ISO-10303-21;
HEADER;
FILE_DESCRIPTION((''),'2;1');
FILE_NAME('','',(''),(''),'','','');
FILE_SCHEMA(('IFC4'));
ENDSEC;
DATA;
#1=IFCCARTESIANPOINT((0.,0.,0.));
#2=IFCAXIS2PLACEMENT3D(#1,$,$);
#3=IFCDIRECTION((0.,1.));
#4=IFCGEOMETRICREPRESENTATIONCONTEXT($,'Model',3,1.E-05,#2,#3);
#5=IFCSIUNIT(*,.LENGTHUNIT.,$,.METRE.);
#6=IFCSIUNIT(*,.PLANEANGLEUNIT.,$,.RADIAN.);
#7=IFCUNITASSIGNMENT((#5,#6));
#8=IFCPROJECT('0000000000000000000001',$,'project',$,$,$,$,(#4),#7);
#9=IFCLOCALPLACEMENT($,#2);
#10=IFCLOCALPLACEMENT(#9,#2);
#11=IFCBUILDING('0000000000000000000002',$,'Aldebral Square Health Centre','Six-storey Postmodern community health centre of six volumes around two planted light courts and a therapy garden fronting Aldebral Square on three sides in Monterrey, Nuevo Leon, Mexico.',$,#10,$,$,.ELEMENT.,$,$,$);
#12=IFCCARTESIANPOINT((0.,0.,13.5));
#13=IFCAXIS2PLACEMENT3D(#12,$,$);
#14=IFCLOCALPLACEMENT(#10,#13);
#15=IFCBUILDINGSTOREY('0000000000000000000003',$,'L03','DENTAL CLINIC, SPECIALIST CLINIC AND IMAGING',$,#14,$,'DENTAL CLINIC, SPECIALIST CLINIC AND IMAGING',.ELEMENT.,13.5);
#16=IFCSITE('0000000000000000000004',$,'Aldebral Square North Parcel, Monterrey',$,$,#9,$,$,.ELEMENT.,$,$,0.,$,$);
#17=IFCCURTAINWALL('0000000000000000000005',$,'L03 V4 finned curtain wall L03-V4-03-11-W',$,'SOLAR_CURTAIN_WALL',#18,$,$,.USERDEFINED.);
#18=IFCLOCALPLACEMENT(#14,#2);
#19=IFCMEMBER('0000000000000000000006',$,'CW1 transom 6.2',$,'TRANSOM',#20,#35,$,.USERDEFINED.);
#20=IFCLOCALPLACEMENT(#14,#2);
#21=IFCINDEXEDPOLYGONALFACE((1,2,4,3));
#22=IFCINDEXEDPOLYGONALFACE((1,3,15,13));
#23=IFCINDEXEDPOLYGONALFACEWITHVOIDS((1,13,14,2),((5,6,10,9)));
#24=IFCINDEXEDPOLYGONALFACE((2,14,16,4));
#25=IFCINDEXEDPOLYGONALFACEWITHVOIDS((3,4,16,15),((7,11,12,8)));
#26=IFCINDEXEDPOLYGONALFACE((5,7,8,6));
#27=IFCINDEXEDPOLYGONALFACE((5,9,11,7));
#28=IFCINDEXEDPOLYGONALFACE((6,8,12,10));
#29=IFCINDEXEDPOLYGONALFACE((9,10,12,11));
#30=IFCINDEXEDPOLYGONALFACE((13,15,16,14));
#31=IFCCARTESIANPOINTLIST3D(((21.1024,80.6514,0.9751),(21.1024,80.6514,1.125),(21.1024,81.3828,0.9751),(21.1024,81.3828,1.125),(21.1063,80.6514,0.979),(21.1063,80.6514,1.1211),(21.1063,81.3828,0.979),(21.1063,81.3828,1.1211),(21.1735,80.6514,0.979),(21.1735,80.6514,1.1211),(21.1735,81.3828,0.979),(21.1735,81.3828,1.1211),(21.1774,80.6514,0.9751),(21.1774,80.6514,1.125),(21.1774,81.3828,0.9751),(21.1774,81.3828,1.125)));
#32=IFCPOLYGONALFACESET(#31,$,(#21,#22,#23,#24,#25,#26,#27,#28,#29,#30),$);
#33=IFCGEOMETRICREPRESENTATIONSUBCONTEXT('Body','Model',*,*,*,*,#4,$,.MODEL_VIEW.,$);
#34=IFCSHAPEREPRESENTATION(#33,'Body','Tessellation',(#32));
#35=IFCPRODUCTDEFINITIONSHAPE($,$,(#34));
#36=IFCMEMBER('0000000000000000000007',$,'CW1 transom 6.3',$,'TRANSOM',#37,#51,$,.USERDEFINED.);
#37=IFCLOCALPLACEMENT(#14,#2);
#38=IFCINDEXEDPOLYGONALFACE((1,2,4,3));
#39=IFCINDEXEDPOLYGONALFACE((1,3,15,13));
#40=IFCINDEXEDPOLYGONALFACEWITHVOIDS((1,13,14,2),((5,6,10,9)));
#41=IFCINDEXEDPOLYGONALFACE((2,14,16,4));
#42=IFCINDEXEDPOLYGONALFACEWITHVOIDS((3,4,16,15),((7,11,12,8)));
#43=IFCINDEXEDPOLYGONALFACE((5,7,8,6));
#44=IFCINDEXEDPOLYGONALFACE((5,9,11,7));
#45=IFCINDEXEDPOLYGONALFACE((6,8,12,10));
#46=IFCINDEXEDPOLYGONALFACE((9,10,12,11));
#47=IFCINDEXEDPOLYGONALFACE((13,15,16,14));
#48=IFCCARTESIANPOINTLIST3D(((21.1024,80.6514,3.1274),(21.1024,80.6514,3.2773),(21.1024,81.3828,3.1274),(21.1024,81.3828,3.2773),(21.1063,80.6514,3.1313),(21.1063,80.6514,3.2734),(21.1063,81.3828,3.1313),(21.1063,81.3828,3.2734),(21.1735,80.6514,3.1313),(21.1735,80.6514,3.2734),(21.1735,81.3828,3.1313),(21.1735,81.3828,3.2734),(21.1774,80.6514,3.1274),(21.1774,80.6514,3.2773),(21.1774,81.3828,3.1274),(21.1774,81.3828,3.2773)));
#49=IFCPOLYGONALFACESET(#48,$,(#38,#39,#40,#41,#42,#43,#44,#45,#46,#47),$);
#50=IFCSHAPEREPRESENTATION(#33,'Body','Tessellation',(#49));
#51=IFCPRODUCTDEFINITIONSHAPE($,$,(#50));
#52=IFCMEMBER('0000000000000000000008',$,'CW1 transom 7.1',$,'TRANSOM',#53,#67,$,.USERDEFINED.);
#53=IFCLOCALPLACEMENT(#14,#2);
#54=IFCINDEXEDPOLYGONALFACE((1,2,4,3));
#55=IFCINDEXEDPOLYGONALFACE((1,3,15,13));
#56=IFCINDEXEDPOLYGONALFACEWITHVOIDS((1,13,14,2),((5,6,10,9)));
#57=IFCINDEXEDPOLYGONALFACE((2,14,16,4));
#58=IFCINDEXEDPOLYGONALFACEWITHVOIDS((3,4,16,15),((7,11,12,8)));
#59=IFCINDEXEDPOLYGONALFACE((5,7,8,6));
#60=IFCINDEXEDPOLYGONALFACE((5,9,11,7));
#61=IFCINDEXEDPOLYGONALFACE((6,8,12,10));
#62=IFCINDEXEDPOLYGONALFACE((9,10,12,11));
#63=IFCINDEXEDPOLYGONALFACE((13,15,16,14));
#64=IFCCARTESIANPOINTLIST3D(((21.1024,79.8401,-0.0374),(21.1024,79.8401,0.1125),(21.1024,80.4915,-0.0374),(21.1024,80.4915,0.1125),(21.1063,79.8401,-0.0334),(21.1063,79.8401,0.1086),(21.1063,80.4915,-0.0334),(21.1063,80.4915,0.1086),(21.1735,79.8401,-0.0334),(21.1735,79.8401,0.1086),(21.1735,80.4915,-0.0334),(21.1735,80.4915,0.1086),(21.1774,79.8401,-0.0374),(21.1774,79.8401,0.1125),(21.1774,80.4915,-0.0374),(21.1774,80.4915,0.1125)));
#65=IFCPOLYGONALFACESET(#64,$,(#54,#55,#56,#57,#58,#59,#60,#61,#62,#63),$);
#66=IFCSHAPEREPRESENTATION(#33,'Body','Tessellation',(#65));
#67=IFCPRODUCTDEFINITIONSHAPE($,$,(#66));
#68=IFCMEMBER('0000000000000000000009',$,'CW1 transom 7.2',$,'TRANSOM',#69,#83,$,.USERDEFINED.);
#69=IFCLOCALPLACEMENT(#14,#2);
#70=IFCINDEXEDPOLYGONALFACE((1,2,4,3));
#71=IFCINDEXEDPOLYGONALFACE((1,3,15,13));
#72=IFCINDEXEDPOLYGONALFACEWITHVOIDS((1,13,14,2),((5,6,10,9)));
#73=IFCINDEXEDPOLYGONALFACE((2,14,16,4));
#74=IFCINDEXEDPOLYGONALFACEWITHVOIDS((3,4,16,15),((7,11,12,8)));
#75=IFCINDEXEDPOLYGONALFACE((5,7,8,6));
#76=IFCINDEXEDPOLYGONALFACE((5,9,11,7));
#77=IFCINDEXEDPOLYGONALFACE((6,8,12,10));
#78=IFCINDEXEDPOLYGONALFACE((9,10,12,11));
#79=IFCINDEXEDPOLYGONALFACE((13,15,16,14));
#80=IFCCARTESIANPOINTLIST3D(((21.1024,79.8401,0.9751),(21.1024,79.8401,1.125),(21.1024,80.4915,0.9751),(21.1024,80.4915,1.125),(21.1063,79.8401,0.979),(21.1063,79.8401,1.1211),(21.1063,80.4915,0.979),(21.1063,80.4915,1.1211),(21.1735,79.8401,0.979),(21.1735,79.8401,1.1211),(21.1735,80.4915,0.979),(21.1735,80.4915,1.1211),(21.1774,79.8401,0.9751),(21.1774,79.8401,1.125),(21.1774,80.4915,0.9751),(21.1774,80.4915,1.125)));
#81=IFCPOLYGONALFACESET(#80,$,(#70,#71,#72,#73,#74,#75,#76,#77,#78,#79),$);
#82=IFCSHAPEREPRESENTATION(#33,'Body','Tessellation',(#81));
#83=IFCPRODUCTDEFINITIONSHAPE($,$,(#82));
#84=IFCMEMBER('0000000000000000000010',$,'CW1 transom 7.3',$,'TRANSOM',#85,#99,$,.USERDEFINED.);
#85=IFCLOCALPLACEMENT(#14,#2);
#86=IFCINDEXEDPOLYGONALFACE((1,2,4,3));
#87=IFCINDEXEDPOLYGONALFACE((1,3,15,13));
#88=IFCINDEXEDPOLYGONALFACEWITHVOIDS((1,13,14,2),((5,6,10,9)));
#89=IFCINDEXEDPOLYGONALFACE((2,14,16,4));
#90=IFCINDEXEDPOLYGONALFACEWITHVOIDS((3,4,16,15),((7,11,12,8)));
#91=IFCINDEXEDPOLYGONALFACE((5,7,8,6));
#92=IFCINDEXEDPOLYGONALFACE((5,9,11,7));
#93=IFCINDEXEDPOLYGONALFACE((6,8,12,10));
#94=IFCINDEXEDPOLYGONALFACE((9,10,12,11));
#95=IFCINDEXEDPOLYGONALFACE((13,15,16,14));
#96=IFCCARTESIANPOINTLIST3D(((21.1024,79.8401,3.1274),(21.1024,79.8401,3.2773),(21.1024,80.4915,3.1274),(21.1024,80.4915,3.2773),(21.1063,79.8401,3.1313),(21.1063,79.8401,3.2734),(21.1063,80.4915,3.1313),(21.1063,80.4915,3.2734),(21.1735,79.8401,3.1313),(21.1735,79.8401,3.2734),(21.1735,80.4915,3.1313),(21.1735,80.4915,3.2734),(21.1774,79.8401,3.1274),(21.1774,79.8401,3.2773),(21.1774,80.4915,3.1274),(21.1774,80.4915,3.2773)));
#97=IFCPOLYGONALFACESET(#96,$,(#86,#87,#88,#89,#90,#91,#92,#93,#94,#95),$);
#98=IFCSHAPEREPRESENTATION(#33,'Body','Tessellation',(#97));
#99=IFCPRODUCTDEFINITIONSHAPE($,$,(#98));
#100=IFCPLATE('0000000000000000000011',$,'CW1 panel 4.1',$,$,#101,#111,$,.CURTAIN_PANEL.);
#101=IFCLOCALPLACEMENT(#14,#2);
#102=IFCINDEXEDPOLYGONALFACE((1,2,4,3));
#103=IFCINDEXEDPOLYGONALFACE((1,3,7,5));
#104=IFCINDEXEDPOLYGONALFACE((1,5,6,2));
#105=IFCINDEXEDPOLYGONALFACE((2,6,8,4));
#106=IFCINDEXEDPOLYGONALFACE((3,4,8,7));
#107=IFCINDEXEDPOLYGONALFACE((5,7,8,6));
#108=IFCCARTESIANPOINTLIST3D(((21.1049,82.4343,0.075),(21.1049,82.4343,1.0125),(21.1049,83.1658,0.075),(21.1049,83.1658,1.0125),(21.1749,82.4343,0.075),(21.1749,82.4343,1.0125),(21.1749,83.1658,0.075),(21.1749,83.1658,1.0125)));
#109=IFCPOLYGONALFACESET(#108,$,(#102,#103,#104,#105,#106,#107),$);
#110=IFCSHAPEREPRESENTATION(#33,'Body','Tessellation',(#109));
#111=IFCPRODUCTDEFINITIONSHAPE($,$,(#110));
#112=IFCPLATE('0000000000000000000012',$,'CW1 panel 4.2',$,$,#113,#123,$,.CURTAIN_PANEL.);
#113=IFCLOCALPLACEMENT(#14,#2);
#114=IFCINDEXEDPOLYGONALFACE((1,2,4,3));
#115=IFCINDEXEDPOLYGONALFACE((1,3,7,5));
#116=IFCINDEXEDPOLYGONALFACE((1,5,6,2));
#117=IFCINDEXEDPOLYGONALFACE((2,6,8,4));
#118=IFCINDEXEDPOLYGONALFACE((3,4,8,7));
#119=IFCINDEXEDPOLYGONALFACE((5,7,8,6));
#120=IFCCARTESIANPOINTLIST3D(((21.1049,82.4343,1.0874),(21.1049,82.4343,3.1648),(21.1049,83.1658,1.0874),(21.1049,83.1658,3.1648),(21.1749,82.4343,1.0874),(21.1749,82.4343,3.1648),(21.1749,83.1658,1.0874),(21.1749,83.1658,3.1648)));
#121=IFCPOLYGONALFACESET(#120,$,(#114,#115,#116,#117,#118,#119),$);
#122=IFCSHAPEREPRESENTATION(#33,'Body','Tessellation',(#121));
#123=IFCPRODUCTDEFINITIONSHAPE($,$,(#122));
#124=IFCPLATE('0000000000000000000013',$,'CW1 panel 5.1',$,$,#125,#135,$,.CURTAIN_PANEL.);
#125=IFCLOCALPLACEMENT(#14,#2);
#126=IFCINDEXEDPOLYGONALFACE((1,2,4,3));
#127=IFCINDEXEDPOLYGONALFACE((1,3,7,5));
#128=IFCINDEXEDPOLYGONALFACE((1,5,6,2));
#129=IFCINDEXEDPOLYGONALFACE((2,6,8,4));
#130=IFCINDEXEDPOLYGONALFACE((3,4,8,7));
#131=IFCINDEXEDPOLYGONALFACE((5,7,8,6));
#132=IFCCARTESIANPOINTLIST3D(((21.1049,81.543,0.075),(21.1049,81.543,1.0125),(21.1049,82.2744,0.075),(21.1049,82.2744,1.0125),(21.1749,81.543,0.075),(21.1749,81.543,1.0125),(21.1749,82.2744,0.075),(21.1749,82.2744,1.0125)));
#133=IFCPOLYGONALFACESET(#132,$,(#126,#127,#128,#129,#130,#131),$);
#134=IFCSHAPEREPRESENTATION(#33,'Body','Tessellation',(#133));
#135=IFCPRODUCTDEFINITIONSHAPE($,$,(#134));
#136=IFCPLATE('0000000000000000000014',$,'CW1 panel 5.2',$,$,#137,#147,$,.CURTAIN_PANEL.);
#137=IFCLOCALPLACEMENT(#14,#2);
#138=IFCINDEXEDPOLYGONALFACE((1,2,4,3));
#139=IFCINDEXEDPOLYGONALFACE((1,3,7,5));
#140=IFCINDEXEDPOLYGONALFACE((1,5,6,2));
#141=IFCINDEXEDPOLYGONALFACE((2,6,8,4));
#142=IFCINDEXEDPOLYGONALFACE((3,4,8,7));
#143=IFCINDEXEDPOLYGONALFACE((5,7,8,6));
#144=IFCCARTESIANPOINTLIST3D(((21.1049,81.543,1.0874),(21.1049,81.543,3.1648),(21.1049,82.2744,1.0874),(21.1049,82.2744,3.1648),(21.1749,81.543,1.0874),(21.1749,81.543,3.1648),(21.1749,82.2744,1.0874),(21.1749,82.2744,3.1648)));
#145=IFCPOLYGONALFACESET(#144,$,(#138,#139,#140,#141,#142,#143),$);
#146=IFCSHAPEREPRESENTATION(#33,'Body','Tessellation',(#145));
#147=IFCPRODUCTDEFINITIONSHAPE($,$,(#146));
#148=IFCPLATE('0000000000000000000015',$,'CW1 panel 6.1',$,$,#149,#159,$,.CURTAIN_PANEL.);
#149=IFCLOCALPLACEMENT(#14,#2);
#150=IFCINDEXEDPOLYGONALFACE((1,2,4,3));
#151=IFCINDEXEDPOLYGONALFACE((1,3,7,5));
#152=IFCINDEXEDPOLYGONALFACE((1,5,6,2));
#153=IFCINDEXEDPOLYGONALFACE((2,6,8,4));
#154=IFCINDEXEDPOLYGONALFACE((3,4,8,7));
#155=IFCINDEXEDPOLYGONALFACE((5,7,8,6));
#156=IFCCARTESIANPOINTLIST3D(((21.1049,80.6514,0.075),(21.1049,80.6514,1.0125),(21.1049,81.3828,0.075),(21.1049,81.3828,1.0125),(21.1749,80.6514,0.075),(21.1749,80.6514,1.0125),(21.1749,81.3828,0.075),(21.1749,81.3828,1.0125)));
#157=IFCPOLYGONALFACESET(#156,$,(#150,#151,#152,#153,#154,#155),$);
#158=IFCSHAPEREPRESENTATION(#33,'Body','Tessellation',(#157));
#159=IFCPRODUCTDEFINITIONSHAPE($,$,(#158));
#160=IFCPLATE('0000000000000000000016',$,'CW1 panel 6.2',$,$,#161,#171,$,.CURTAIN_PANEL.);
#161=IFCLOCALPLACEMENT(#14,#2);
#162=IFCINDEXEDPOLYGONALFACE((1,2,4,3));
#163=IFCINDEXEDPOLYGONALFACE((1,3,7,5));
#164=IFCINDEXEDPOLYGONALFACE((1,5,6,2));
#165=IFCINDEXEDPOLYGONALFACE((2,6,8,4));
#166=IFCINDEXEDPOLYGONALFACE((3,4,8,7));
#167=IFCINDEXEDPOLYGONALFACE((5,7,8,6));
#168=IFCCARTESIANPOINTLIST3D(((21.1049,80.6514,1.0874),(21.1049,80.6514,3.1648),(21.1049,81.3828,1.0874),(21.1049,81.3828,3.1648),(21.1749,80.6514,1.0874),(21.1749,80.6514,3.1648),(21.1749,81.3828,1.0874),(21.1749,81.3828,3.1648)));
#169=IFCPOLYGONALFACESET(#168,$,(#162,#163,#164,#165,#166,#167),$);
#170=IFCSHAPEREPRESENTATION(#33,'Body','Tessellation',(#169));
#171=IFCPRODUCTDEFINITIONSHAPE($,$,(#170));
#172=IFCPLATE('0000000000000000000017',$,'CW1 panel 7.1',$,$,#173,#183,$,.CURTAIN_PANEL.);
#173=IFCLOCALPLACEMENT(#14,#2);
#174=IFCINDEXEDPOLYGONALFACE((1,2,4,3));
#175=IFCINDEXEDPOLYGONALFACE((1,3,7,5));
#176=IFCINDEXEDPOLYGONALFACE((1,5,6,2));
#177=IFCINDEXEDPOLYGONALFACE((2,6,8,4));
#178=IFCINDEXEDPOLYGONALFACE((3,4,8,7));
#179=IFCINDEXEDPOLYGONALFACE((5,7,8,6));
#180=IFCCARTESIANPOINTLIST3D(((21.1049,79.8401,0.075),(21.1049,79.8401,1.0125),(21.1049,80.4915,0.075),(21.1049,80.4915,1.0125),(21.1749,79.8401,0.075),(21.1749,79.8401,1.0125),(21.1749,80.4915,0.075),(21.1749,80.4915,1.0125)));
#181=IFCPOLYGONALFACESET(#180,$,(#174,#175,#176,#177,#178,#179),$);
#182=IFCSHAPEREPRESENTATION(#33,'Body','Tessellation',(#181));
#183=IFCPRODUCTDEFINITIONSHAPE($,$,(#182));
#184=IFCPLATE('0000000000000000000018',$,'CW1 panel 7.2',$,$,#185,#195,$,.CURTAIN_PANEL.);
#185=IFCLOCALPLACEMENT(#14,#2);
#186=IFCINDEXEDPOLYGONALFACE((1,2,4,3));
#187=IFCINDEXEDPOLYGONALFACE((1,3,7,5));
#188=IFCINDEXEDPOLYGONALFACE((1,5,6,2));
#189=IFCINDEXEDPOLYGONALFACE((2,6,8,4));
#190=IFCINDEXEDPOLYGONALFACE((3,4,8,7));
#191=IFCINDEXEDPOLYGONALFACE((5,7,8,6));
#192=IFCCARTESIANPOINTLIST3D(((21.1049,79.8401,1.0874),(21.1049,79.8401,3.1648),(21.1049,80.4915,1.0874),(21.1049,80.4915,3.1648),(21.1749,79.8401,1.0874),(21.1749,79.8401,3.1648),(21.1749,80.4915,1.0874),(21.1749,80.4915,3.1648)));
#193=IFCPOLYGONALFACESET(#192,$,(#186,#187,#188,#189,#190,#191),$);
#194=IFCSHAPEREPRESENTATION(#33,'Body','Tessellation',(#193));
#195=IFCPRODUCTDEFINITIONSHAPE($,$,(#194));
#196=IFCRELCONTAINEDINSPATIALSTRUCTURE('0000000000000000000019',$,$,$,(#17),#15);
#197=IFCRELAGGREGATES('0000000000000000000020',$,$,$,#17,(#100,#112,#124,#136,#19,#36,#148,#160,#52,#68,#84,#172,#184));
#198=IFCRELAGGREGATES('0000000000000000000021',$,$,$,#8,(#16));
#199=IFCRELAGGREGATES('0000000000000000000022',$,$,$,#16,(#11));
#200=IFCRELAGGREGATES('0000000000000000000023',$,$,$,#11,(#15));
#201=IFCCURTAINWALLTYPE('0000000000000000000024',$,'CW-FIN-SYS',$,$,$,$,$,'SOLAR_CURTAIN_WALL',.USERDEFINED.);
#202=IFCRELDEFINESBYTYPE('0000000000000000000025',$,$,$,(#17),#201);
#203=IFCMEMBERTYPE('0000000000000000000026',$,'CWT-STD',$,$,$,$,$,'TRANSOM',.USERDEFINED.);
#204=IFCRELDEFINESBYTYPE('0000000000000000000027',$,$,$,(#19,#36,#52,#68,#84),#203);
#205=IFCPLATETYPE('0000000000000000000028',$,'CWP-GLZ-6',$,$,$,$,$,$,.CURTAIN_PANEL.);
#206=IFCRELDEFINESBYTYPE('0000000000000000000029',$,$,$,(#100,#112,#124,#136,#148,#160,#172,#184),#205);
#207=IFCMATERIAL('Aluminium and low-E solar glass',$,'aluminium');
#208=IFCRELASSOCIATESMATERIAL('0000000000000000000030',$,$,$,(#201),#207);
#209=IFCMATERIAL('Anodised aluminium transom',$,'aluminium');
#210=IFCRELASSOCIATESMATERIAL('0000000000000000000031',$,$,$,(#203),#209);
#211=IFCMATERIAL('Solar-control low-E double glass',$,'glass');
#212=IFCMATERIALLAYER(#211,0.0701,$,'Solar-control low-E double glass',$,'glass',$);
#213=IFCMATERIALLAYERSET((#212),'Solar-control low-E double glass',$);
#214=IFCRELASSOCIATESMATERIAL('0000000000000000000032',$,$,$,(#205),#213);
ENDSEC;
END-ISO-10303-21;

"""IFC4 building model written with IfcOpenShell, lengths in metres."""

from ifc_helpers import new_model, si_unit, direction, frame, origin, origin_2d, place, context, subcontext, project, spatial, rectangle, hollow_rectangle, extrude, material, layer, layer_set, material_profile, profile_set, type_object, element, aggregate, save


model = new_model("IFC4")

# Units and contexts
model_context = context("Model", 3, precision=1e-05, world=origin(), true_north=direction((0.0, 1.0)))
body_context = subcontext(model_context, "Body", "Model", "MODEL_VIEW")
ifc_project = project(units=[si_unit("LENGTHUNIT", "METRE"), si_unit("PLANEANGLEUNIT", "RADIAN")], contexts=[model_context])

# Site, building, storey
site_placement = place(None, origin())
site = spatial("IfcSite", under=ifc_project, at=site_placement, Name="Aldebral Square North Parcel, Monterrey", CompositionType="ELEMENT", RefElevation=0.0)
building_placement = place(site_placement, origin())
building = spatial("IfcBuilding", under=site, at=building_placement, Name="Aldebral Square Health Centre", Description="Six-storey Postmodern community health centre of six volumes around two planted light courts and a therapy garden fronting Aldebral Square on three sides in Monterrey, Nuevo Leon, Mexico.", CompositionType="ELEMENT")
storey_placement = place(building_placement, frame((0.0, 0.0, 13.5)))
storey = spatial("IfcBuildingStorey", under=building, at=storey_placement, Name="L03", Description="DENTAL CLINIC, SPECIALIST CLINIC AND IMAGING", LongName="DENTAL CLINIC, SPECIALIST CLINIC AND IMAGING", CompositionType="ELEMENT", Elevation=13.5)

# Curtain wall, members, plates
ifc_material_1 = material(Name="Aluminium and low-E solar glass", Category="aluminium")
curtain_wall_type = type_object("IfcCurtainWallType", Name="CW-FIN-SYS", ElementType="SOLAR_CURTAIN_WALL", PredefinedType="USERDEFINED", material=ifc_material_1)
curtain_wall_placement = place(storey_placement, origin())
curtain_wall = element("IfcCurtainWall", 1, at=curtain_wall_placement, inside=storey, type_object=curtain_wall_type, Name="L03 V4 finned curtain wall L03-V4-03-11-W", ObjectType="SOLAR_CURTAIN_WALL", PredefinedType="USERDEFINED")
ifc_material_2 = material(Name="Anodised aluminium transom", Category="aluminium")
ifc_material_profile_1 = material_profile(ifc_material_2, hollow_rectangle(XDim=0.075, YDim=0.1499, WallThickness=0.0039, at=origin_2d()), Name="CWT 75x150x4")
ifc_profile_set_1 = profile_set([ifc_material_profile_1], Name="Anodised aluminium transom")
member_type_1 = type_object("IfcMemberType", Name="CWT-STD", ElementType="TRANSOM", PredefinedType="USERDEFINED", material=ifc_profile_set_1)
member_1_placement = place(storey_placement, frame((21.1399, 81.3828, 1.05), z_axis=(0.0, -1.0, 0.0), x_axis=(1.0, 0.0, 0.0)))
member_1 = element("IfcMember", 2, at=member_1_placement, type_object=member_type_1, Name="CW1 transom 6.2", ObjectType="TRANSOM", PredefinedType="USERDEFINED", context=body_context, shape_type="SweptSolid", body=[
    extrude(hollow_rectangle(XDim=0.075, YDim=0.1499, WallThickness=0.0039, at=origin_2d()), origin(), (0.0, 0.0, 1.0), 0.7314),
])
member_2_placement = place(storey_placement, frame((21.1399, 81.3828, 3.2024), z_axis=(0.0, -1.0, 0.0), x_axis=(1.0, 0.0, 0.0)))
member_2 = element("IfcMember", 3, at=member_2_placement, type_object=member_type_1, Name="CW1 transom 6.3", ObjectType="TRANSOM", PredefinedType="USERDEFINED", context=body_context, shape_type="SweptSolid", body=[
    extrude(hollow_rectangle(XDim=0.075, YDim=0.1499, WallThickness=0.0039, at=origin_2d()), origin(), (0.0, 0.0, 1.0), 0.7314),
])
member_3_placement = place(storey_placement, frame((21.1399, 80.4915, 0.0376), z_axis=(0.0, -1.0, 0.0), x_axis=(1.0, 0.0, 0.0)))
member_3 = element("IfcMember", 4, at=member_3_placement, type_object=member_type_1, Name="CW1 transom 7.1", ObjectType="TRANSOM", PredefinedType="USERDEFINED", context=body_context, shape_type="SweptSolid", body=[
    extrude(hollow_rectangle(XDim=0.075, YDim=0.1499, WallThickness=0.0039, at=origin_2d()), origin(), (0.0, 0.0, 1.0), 0.6514),
])
member_4_placement = place(storey_placement, frame((21.1399, 80.4915, 1.05), z_axis=(0.0, -1.0, 0.0), x_axis=(1.0, 0.0, 0.0)))
member_4 = element("IfcMember", 5, at=member_4_placement, type_object=member_type_1, Name="CW1 transom 7.2", ObjectType="TRANSOM", PredefinedType="USERDEFINED", context=body_context, shape_type="SweptSolid", body=[
    extrude(hollow_rectangle(XDim=0.075, YDim=0.1499, WallThickness=0.0039, at=origin_2d()), origin(), (0.0, 0.0, 1.0), 0.6514),
])
member_5_placement = place(storey_placement, frame((21.1399, 80.4915, 3.2024), z_axis=(0.0, -1.0, 0.0), x_axis=(1.0, 0.0, 0.0)))
member_5 = element("IfcMember", 6, at=member_5_placement, type_object=member_type_1, Name="CW1 transom 7.3", ObjectType="TRANSOM", PredefinedType="USERDEFINED", context=body_context, shape_type="SweptSolid", body=[
    extrude(hollow_rectangle(XDim=0.075, YDim=0.1499, WallThickness=0.0039, at=origin_2d()), origin(), (0.0, 0.0, 1.0), 0.6514),
])
ifc_material_3 = material(Name="Solar-control low-E double glass", Category="glass")
ifc_layer_1 = layer(ifc_material_3, 0.0701, Name="Solar-control low-E double glass", Category="glass")
ifc_layer_set_1 = layer_set([ifc_layer_1], Name="Solar-control low-E double glass")
plate_type = type_object("IfcPlateType", Name="CWP-GLZ-6", PredefinedType="CURTAIN_PANEL", material=ifc_layer_set_1)
plate_1_placement = place(storey_placement, frame((21.1399, 82.8, 0.075), z_axis=(0.0, 0.0, 1.0), x_axis=(0.0, -1.0, 0.0)))
plate_1 = element("IfcPlate", 7, at=plate_1_placement, type_object=plate_type, Name="CW1 panel 4.1", PredefinedType="CURTAIN_PANEL", context=body_context, shape_type="SweptSolid", body=[
    extrude(rectangle(XDim=0.7314, YDim=0.0701, at=origin_2d()), origin(), (0.0, 0.0, 1.0), 0.9375),
])
plate_2_placement = place(storey_placement, frame((21.1399, 82.8, 1.0874), z_axis=(0.0, 0.0, 1.0), x_axis=(0.0, -1.0, 0.0)))
plate_2 = element("IfcPlate", 8, at=plate_2_placement, type_object=plate_type, Name="CW1 panel 4.2", PredefinedType="CURTAIN_PANEL", context=body_context, shape_type="SweptSolid", body=[
    extrude(rectangle(XDim=0.7314, YDim=0.0701, at=origin_2d()), origin(), (0.0, 0.0, 1.0), 2.0774),
])
plate_3_placement = place(storey_placement, frame((21.1399, 81.9087, 0.075), z_axis=(0.0, 0.0, 1.0), x_axis=(0.0, -1.0, 0.0)))
plate_3 = element("IfcPlate", 9, at=plate_3_placement, type_object=plate_type, Name="CW1 panel 5.1", PredefinedType="CURTAIN_PANEL", context=body_context, shape_type="SweptSolid", body=[
    extrude(rectangle(XDim=0.7314, YDim=0.0701, at=origin_2d()), origin(), (0.0, 0.0, 1.0), 0.9375),
])
plate_4_placement = place(storey_placement, frame((21.1399, 81.9087, 1.0874), z_axis=(0.0, 0.0, 1.0), x_axis=(0.0, -1.0, 0.0)))
plate_4 = element("IfcPlate", 10, at=plate_4_placement, type_object=plate_type, Name="CW1 panel 5.2", PredefinedType="CURTAIN_PANEL", context=body_context, shape_type="SweptSolid", body=[
    extrude(rectangle(XDim=0.7314, YDim=0.0701, at=origin_2d()), origin(), (0.0, 0.0, 1.0), 2.0774),
])
plate_5_placement = place(storey_placement, frame((21.1399, 81.0171, 0.075), z_axis=(0.0, 0.0, 1.0), x_axis=(0.0, -1.0, 0.0)))
plate_5 = element("IfcPlate", 11, at=plate_5_placement, type_object=plate_type, Name="CW1 panel 6.1", PredefinedType="CURTAIN_PANEL", context=body_context, shape_type="SweptSolid", body=[
    extrude(rectangle(XDim=0.7314, YDim=0.0701, at=origin_2d()), origin(), (0.0, 0.0, 1.0), 0.9375),
])
plate_6_placement = place(storey_placement, frame((21.1399, 81.0171, 1.0874), z_axis=(0.0, 0.0, 1.0), x_axis=(0.0, -1.0, 0.0)))
plate_6 = element("IfcPlate", 12, at=plate_6_placement, type_object=plate_type, Name="CW1 panel 6.2", PredefinedType="CURTAIN_PANEL", context=body_context, shape_type="SweptSolid", body=[
    extrude(rectangle(XDim=0.7314, YDim=0.0701, at=origin_2d()), origin(), (0.0, 0.0, 1.0), 2.0774),
])
plate_7_placement = place(storey_placement, frame((21.1399, 80.1658, 0.075), z_axis=(0.0, 0.0, 1.0), x_axis=(0.0, -1.0, 0.0)))
plate_7 = element("IfcPlate", 13, at=plate_7_placement, type_object=plate_type, Name="CW1 panel 7.1", PredefinedType="CURTAIN_PANEL", context=body_context, shape_type="SweptSolid", body=[
    extrude(rectangle(XDim=0.6514, YDim=0.0701, at=origin_2d()), origin(), (0.0, 0.0, 1.0), 0.9375),
])
plate_8_placement = place(storey_placement, frame((21.1399, 80.1658, 1.0874), z_axis=(0.0, 0.0, 1.0), x_axis=(0.0, -1.0, 0.0)))
plate_8 = element("IfcPlate", 14, at=plate_8_placement, type_object=plate_type, Name="CW1 panel 7.2", PredefinedType="CURTAIN_PANEL", context=body_context, shape_type="SweptSolid", body=[
    extrude(rectangle(XDim=0.6514, YDim=0.0701, at=origin_2d()), origin(), (0.0, 0.0, 1.0), 2.0774),
])
aggregate(curtain_wall, [plate_1, plate_2, plate_3, plate_4, member_1, member_2, plate_5, plate_6, member_3, member_4, member_5, plate_7, plate_8])

save(model, "model.ifc")
